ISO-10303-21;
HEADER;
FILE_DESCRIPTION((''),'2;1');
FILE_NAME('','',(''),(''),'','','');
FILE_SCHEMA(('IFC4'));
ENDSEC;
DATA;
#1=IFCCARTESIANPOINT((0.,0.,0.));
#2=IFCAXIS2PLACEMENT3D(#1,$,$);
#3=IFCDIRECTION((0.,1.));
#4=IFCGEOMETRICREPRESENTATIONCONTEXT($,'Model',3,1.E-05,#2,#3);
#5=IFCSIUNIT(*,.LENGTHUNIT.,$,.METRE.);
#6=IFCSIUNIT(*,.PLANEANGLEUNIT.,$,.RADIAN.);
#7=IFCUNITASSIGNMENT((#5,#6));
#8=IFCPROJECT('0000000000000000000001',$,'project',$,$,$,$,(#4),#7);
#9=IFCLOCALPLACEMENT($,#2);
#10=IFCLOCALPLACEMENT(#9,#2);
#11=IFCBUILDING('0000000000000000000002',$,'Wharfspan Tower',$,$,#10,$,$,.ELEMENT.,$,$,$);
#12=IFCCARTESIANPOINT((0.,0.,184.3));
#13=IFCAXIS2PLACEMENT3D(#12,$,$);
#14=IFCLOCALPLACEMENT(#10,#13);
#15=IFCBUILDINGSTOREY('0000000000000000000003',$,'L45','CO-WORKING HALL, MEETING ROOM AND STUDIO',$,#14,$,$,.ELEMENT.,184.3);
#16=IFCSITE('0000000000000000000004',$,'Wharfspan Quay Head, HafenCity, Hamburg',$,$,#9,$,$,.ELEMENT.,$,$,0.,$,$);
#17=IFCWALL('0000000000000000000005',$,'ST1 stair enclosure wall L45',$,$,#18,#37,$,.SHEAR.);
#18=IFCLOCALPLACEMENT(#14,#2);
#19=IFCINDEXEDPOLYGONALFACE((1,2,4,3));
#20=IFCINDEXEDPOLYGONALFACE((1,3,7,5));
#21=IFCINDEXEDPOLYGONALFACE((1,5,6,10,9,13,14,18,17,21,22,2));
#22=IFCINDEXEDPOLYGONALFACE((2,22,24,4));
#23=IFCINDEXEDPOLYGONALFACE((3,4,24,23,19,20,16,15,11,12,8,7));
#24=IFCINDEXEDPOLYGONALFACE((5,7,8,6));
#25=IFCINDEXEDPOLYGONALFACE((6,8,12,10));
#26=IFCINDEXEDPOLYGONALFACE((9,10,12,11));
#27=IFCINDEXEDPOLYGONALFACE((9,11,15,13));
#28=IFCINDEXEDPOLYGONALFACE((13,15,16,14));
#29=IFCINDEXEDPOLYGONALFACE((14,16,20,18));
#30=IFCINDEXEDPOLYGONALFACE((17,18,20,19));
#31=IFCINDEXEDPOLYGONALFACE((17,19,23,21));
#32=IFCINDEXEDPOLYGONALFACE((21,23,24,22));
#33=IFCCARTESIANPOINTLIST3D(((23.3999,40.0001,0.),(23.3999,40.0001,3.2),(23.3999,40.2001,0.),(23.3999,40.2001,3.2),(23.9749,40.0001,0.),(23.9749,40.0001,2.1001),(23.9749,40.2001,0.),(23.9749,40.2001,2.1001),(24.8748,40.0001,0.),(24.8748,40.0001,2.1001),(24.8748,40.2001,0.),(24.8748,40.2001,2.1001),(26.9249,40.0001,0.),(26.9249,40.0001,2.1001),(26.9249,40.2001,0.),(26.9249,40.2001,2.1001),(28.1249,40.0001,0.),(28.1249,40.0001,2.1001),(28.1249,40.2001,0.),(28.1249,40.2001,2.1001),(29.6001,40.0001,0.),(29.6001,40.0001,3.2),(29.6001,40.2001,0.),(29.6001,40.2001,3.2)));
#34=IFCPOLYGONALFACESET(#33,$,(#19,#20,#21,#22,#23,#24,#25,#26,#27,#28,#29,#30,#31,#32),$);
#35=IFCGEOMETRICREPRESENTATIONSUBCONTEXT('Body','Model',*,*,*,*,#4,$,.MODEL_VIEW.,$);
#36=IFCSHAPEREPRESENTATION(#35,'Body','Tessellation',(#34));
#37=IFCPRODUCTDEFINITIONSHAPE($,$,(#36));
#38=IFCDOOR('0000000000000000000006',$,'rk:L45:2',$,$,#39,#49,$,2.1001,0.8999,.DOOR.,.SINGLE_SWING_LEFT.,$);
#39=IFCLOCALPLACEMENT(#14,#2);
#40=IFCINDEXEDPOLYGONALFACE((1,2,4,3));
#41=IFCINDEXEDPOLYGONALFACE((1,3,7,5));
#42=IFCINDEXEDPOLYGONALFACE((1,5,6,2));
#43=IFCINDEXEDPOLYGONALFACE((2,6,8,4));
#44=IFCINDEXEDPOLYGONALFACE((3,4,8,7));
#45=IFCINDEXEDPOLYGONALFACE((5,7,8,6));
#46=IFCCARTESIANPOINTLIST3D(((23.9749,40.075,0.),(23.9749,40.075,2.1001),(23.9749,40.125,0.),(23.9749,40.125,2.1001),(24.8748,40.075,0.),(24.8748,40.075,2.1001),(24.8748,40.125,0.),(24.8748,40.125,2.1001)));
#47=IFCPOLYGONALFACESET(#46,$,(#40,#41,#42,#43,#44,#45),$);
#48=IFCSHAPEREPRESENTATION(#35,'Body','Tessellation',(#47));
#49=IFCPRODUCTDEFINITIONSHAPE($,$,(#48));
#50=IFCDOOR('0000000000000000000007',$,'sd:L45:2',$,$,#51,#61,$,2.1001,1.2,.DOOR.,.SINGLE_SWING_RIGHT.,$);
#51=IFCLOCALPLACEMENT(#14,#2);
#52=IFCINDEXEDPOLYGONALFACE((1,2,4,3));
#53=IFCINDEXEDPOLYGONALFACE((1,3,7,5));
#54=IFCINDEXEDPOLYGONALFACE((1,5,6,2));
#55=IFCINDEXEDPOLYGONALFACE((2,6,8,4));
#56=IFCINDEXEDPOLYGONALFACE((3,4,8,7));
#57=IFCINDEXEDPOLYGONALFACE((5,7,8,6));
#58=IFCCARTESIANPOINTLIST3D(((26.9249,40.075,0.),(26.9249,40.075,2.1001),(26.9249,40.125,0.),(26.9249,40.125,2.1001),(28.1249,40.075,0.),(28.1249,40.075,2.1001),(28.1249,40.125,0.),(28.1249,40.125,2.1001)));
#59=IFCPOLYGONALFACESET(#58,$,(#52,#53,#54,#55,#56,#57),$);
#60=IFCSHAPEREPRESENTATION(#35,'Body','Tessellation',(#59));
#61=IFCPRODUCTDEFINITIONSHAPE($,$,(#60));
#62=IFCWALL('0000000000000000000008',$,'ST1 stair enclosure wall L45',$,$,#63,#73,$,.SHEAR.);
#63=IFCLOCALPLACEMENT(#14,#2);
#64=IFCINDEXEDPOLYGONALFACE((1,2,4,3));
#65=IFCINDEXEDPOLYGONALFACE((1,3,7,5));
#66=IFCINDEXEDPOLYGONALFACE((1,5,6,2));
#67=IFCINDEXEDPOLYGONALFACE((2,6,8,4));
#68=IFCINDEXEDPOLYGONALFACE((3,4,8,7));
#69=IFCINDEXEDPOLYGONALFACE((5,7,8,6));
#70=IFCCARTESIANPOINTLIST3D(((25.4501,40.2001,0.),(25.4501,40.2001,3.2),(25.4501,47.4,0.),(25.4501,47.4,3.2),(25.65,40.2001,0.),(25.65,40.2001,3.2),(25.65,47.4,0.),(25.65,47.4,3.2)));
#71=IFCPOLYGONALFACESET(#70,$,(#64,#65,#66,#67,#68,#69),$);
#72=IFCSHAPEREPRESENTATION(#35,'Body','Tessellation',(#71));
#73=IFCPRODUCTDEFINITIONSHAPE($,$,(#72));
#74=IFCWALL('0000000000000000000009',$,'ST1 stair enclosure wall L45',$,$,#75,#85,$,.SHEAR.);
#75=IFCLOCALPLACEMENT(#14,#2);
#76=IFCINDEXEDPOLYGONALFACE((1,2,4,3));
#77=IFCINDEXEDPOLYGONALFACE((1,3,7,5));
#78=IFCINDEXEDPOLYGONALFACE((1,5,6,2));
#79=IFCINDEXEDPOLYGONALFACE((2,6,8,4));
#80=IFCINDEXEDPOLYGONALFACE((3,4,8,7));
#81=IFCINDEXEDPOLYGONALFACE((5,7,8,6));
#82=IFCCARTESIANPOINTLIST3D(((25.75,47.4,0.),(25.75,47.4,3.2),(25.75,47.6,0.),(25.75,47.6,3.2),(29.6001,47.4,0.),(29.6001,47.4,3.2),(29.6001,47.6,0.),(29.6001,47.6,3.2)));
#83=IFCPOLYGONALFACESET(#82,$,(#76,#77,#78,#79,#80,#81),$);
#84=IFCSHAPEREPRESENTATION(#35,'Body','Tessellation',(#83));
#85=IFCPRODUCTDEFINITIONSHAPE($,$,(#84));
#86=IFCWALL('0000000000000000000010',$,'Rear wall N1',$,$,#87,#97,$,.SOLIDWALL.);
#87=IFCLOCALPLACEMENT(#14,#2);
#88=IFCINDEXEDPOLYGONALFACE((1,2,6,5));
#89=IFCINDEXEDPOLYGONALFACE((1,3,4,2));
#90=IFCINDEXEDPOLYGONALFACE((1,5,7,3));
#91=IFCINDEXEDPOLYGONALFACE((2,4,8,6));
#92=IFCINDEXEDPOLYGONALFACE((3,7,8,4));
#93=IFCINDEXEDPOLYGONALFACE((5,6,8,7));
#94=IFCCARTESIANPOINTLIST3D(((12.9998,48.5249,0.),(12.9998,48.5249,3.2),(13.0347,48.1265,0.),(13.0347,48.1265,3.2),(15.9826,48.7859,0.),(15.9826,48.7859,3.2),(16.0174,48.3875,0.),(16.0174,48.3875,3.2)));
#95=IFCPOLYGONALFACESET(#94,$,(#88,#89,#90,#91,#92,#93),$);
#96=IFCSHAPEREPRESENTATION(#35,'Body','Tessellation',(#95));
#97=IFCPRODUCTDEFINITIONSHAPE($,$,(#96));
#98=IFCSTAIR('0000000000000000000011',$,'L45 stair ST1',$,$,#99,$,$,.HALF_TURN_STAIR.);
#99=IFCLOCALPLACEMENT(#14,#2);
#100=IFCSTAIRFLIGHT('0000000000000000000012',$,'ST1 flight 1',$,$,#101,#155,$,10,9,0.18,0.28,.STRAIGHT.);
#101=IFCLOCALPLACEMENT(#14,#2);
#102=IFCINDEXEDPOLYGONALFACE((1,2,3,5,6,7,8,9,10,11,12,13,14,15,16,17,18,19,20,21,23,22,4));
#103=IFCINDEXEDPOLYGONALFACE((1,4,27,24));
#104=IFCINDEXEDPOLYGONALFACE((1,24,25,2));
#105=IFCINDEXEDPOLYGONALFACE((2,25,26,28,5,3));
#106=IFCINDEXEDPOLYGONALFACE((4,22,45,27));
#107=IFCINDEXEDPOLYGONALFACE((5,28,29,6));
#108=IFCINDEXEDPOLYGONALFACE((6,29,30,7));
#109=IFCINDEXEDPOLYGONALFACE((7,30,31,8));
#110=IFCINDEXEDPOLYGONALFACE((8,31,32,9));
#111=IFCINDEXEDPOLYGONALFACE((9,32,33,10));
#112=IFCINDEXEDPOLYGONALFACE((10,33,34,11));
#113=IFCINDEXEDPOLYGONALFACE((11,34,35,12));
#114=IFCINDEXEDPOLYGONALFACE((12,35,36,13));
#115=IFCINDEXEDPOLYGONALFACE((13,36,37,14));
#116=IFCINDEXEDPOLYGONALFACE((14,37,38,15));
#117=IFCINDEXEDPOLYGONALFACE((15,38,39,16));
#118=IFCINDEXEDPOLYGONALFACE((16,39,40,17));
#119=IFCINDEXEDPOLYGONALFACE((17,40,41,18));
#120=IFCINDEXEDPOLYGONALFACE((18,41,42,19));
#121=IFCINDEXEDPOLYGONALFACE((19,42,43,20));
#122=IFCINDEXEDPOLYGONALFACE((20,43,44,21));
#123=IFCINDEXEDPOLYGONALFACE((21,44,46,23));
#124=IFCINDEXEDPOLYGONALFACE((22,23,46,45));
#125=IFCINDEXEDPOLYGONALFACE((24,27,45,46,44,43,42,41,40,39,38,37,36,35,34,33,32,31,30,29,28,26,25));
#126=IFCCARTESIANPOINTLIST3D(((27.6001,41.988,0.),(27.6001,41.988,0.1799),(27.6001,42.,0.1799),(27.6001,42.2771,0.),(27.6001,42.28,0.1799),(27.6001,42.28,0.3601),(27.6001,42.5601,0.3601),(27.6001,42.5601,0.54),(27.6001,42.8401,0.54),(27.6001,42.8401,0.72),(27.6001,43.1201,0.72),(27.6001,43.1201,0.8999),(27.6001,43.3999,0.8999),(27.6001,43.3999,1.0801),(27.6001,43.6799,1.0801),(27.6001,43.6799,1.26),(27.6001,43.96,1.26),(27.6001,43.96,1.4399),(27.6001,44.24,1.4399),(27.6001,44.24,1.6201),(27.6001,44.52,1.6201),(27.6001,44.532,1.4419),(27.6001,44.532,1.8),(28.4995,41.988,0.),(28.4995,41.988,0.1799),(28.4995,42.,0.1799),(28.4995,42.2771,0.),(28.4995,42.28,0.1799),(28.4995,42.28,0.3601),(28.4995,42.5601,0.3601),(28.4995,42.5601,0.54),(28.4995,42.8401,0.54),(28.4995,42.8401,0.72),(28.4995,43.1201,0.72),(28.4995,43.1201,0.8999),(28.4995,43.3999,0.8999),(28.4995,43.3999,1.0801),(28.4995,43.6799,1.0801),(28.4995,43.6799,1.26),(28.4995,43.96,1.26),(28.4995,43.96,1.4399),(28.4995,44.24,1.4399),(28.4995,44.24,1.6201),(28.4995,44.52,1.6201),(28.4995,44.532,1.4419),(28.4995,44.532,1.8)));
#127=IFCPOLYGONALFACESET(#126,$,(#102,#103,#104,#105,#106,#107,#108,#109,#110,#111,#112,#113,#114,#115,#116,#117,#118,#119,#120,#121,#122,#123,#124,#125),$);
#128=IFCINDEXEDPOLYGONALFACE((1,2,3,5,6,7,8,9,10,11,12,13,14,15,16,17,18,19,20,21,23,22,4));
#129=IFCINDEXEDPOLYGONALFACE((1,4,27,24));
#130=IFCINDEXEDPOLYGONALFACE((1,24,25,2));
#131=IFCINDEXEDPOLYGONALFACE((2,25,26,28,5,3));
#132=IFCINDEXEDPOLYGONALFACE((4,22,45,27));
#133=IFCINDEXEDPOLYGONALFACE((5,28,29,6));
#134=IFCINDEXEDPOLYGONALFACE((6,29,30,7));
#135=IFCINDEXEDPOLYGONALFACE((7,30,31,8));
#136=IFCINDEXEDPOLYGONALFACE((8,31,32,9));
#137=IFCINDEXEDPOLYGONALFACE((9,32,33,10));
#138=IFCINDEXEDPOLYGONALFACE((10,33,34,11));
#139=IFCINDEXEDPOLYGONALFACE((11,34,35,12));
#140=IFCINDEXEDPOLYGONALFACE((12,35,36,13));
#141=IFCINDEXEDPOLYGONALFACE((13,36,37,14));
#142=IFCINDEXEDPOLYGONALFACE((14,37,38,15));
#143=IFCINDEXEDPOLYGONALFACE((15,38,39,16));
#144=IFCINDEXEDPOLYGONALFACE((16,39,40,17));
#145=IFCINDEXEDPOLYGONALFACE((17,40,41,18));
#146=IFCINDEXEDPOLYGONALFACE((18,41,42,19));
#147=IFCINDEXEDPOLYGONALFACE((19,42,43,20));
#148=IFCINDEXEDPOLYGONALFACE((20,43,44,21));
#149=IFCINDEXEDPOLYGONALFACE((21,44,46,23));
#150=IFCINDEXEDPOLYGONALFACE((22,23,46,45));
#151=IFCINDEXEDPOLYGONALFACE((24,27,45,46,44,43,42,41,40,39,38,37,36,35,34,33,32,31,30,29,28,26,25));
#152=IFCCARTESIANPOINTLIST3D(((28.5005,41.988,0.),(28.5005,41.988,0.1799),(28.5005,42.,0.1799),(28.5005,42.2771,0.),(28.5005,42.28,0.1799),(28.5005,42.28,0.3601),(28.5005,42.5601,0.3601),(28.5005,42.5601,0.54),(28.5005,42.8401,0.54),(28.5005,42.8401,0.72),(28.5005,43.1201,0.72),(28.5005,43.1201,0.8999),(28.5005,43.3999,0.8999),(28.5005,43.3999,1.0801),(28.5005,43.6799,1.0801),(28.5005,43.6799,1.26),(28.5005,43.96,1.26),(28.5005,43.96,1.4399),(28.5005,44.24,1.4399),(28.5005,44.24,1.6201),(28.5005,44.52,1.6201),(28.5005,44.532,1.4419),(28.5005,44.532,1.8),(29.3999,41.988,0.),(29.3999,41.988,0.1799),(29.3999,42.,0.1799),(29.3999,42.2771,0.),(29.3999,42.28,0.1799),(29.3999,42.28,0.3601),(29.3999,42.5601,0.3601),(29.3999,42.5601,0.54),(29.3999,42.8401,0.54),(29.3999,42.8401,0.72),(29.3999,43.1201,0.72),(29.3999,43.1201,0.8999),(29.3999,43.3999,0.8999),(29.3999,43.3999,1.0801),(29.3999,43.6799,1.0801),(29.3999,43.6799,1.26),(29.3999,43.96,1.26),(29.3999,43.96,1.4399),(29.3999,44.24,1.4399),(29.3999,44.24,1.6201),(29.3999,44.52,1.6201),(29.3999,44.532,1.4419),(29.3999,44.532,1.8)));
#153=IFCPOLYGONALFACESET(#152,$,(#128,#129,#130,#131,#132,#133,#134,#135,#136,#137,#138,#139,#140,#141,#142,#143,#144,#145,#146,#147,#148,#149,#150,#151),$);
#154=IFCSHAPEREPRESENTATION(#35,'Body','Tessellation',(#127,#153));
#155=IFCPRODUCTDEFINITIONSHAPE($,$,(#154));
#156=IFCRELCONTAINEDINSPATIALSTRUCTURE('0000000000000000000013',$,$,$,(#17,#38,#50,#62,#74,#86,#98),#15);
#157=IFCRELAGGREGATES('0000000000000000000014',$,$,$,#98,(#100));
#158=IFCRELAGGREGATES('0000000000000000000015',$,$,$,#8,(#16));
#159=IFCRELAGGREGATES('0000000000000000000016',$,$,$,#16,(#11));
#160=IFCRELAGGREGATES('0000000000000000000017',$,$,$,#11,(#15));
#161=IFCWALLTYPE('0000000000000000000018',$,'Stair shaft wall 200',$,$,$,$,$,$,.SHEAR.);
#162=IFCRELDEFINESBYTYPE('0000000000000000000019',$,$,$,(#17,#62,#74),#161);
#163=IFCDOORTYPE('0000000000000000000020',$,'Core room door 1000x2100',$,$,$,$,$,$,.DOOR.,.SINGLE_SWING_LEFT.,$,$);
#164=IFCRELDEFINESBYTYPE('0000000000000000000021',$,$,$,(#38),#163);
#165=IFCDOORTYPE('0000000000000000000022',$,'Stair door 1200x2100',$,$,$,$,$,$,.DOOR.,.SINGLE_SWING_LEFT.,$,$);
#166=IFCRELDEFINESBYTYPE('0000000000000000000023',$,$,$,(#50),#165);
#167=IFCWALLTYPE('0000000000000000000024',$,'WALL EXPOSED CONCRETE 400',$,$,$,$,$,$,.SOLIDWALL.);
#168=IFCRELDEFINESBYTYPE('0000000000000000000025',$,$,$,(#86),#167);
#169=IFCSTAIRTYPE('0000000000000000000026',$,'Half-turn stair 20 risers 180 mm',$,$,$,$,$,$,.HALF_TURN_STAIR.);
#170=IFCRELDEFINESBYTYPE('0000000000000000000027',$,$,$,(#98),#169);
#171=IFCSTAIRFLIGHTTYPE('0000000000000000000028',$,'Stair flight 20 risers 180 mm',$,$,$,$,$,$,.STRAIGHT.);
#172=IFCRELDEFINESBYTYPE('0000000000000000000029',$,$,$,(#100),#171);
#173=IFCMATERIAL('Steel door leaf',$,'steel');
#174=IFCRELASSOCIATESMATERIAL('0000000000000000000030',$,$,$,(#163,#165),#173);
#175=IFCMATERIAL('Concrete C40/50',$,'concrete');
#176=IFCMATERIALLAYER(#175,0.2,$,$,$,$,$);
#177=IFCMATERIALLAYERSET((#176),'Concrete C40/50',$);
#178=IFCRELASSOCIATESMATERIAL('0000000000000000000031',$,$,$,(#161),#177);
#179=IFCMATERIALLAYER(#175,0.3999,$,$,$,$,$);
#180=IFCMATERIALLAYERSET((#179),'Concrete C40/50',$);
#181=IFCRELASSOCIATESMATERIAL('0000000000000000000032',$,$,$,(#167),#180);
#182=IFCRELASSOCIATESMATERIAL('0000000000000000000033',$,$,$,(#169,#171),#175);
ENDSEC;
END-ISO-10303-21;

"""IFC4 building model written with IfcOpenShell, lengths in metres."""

from ifc_helpers import new_model, si_unit, direction, frame, frame_2d, origin, place, context, subcontext, project, spatial, polyline, rectangle, outline, extrude, material, layer, layer_set, type_object, element, fill, aggregate, save


model = new_model("IFC4")

# Units and contexts
model_context = context("Model", 3, precision=1e-05, world=origin(), true_north=direction((0.0, 1.0)))
body_context = subcontext(model_context, "Body", "Model", "MODEL_VIEW")
ifc_project = project(units=[si_unit("LENGTHUNIT", "METRE"), si_unit("PLANEANGLEUNIT", "RADIAN")], contexts=[model_context])

# Site, building, storey
site_placement = place(None, origin())
site = spatial("IfcSite", under=ifc_project, at=site_placement, Name="Wharfspan Quay Head, HafenCity, Hamburg", CompositionType="ELEMENT", RefElevation=0.0)
building_placement = place(site_placement, origin())
building = spatial("IfcBuilding", under=site, at=building_placement, Name="Wharfspan Tower", CompositionType="ELEMENT")
storey_placement = place(building_placement, frame((0.0, 0.0, 184.3)))
storey = spatial("IfcBuildingStorey", under=building, at=storey_placement, Name="L45", Description="CO-WORKING HALL, MEETING ROOM AND STUDIO", CompositionType="ELEMENT", Elevation=184.3)

# Shared definitions
ifc_material_1 = material(Name="Steel door leaf", Category="steel")
door_type_1 = type_object("IfcDoorType", Name="Core room door 1000x2100", OperationType="SINGLE_SWING_LEFT", PredefinedType="DOOR", material=ifc_material_1)

# Wall, openings, doors
ifc_material_2 = material(Name="Concrete C40/50", Category="concrete")
ifc_layer_1 = layer(ifc_material_2, 0.2)
ifc_layer_set_1 = layer_set([ifc_layer_1], Name="Concrete C40/50")
wall_type_1 = type_object("IfcWallType", Name="Stair shaft wall 200", PredefinedType="SHEAR", material=ifc_layer_set_1)
wall_1_placement = place(storey_placement, frame((23.3999, 40.1001, 0.0), z_axis=(0.0, 0.0, 1.0), x_axis=(1.0, 0.0, 0.0)))
wall_1 = element("IfcWall", 1, at=wall_1_placement, inside=storey, type_object=wall_type_1, Name="ST1 stair enclosure wall L45", PredefinedType="SHEAR", context=body_context, shape_type="SweptSolid", body=[
    extrude(rectangle(XDim=6.2002, YDim=0.2, at=frame_2d((3.1001, 0.0))), origin(), (0.0, 0.0, 1.0), 3.2),
])
opening_1_placement = place(wall_1_placement, frame((3.5249, 0.0, 0.0)))
opening_1 = element("IfcOpeningElement", 2, at=opening_1_placement, cuts=wall_1, PredefinedType="OPENING", context=body_context, shape_type="SweptSolid", body=[
    extrude(rectangle(XDim=1.2, YDim=2.1001, at=frame_2d((0.6001, 1.05))), frame((0.0, 0.1099, 0.0), z_axis=(0.0, -1.0, 0.0), x_axis=(1.0, 0.0, 0.0)), (0.0, 0.0, 1.0), 0.22),
])
opening_2_placement = place(wall_1_placement, frame((0.575, 0.0, 0.0)))
opening_2 = element("IfcOpeningElement", 3, at=opening_2_placement, cuts=wall_1, PredefinedType="OPENING", context=body_context, shape_type="SweptSolid", body=[
    extrude(rectangle(XDim=0.8999, YDim=2.1001, at=frame_2d((0.45, 1.05))), frame((0.0, 0.1099, 0.0), z_axis=(0.0, -1.0, 0.0), x_axis=(1.0, 0.0, 0.0)), (0.0, 0.0, 1.0), 0.22),
])
door_1_placement = place(opening_2_placement, origin())
door_1 = element("IfcDoor", 4, at=door_1_placement, inside=storey, type_object=door_type_1, Name="rk:L45:2", OperationType="SINGLE_SWING_LEFT", OverallHeight=2.1001, OverallWidth=0.8999, PredefinedType="DOOR", context=body_context, shape_type="SweptSolid", body=[
    extrude(rectangle(XDim=0.8999, YDim=2.1001, at=frame_2d((0.45, 1.05))), frame((0.0, 0.0249, 0.0), z_axis=(0.0, -1.0, 0.0), x_axis=(1.0, 0.0, 0.0)), (0.0, 0.0, 1.0), 0.05),
])
fill(opening_2, door_1)
door_type_2 = type_object("IfcDoorType", Name="Stair door 1200x2100", OperationType="SINGLE_SWING_LEFT", PredefinedType="DOOR", material=ifc_material_1)
door_2_placement = place(opening_1_placement, origin())
door_2 = element("IfcDoor", 5, at=door_2_placement, inside=storey, type_object=door_type_2, Name="sd:L45:2", OperationType="SINGLE_SWING_RIGHT", OverallHeight=2.1001, OverallWidth=1.2, PredefinedType="DOOR", context=body_context, shape_type="SweptSolid", body=[
    extrude(rectangle(XDim=1.2, YDim=2.1001, at=frame_2d((0.6001, 1.05))), frame((0.0, 0.0249, 0.0), z_axis=(0.0, -1.0, 0.0), x_axis=(1.0, 0.0, 0.0)), (0.0, 0.0, 1.0), 0.05),
])
fill(opening_1, door_2)

# Walls
wall_2_placement = place(storey_placement, frame((25.55, 40.2, 0.0), z_axis=(0.0, 0.0, 1.0), x_axis=(0.0, 1.0, 0.0)))
element("IfcWall", 6, at=wall_2_placement, inside=storey, type_object=wall_type_1, Name="ST1 stair enclosure wall L45", PredefinedType="SHEAR", context=body_context, shape_type="SweptSolid", body=[
    extrude(rectangle(XDim=7.2, YDim=0.2, at=frame_2d((3.6001, 0.0))), origin(), (0.0, 0.0, 1.0), 3.2),
])
wall_3_placement = place(storey_placement, frame((25.75, 47.5, 0.0), z_axis=(0.0, 0.0, 1.0), x_axis=(1.0, 0.0, 0.0)))
element("IfcWall", 7, at=wall_3_placement, inside=storey, type_object=wall_type_1, Name="ST1 stair enclosure wall L45", PredefinedType="SHEAR", context=body_context, shape_type="SweptSolid", body=[
    extrude(rectangle(XDim=3.8501, YDim=0.2, at=frame_2d((1.925, 0.0))), origin(), (0.0, 0.0, 1.0), 3.2),
])
ifc_layer_2 = layer(ifc_material_2, 0.3999)
ifc_layer_set_2 = layer_set([ifc_layer_2], Name="Concrete C40/50")
wall_type_2 = type_object("IfcWallType", Name="WALL EXPOSED CONCRETE 400", PredefinedType="SOLIDWALL", material=ifc_layer_set_2)
wall_4_placement = place(storey_placement, frame((16.0, 48.5867, 0.0), z_axis=(0.0, 0.0, 1.0), x_axis=(-0.996194, -0.087168, 0.0)))
element("IfcWall", 8, at=wall_4_placement, inside=storey, type_object=wall_type_2, Name="Rear wall N1", PredefinedType="SOLIDWALL", context=body_context, shape_type="SweptSolid", body=[
    extrude(rectangle(XDim=2.9941, YDim=0.3999, at=frame_2d((1.4971, 0.0))), origin(), (0.0, 0.0, 1.0), 3.2),
])

# Stair, stair flight
stair_type = type_object("IfcStairType", Name="Half-turn stair 20 risers 180 mm", PredefinedType="HALF_TURN_STAIR", material=ifc_material_2)
stair_placement = place(storey_placement, origin())
stair = element("IfcStair", 9, at=stair_placement, inside=storey, type_object=stair_type, Name="L45 stair ST1", PredefinedType="HALF_TURN_STAIR")
stair_flight_type = type_object("IfcStairFlightType", Name="Stair flight 20 risers 180 mm", PredefinedType="STRAIGHT", material=ifc_material_2)
stair_flight_1_placement = place(storey_placement, frame((28.5, 42.0, 0.0), z_axis=(0.0, 0.0, 1.0), x_axis=(0.0, 1.0, 0.0)))
stair_flight_1 = element("IfcStairFlight", 10, at=stair_flight_1_placement, type_object=stair_flight_type, Name="ST1 flight 1", NumberOfRisers=10, NumberOfTreads=9, PredefinedType="STRAIGHT", RiserHeight=0.18, TreadLength=0.28, context=body_context, shape_type="SweptSolid", body=[
    extrude(outline(polyline([(-0.012, 0.0), (-0.012, 0.1799), (0.0, 0.1799), (0.28, 0.1799), (0.28, 0.3601), (0.5601, 0.3601), (0.5601, 0.54), (0.8401, 0.54), (0.8401, 0.72), (1.1201, 0.72), (1.1201, 0.8999), (1.3999, 0.8999), (1.3999, 1.0801), (1.6799, 1.0801), (1.6799, 1.26), (1.96, 1.26), (1.96, 1.4399), (2.24, 1.4399), (2.24, 1.6201), (2.52, 1.6201), (2.532, 1.8), (2.532, 1.4419), (0.2771, 0.0), (-0.012, 0.0)])), frame((0.0, 0.8999, 0.0), z_axis=(0.0, -1.0, 0.0), x_axis=(1.0, 0.0, 0.0)), (0.0, 0.0, 1.0), 0.8994),
    extrude(outline(polyline([(-0.012, 0.0), (-0.012, 0.1799), (0.0, 0.1799), (0.28, 0.1799), (0.28, 0.3601), (0.5601, 0.3601), (0.5601, 0.54), (0.8401, 0.54), (0.8401, 0.72), (1.1201, 0.72), (1.1201, 0.8999), (1.3999, 0.8999), (1.3999, 1.0801), (1.6799, 1.0801), (1.6799, 1.26), (1.96, 1.26), (1.96, 1.4399), (2.24, 1.4399), (2.24, 1.6201), (2.52, 1.6201), (2.532, 1.8), (2.532, 1.4419), (0.2771, 0.0), (-0.012, 0.0)])), frame((0.0, -0.0005, 0.0), z_axis=(0.0, -1.0, 0.0), x_axis=(1.0, 0.0, 0.0)), (0.0, 0.0, 1.0), 0.8994),
])
aggregate(stair, [stair_flight_1])

save(model, "model.ifc")
